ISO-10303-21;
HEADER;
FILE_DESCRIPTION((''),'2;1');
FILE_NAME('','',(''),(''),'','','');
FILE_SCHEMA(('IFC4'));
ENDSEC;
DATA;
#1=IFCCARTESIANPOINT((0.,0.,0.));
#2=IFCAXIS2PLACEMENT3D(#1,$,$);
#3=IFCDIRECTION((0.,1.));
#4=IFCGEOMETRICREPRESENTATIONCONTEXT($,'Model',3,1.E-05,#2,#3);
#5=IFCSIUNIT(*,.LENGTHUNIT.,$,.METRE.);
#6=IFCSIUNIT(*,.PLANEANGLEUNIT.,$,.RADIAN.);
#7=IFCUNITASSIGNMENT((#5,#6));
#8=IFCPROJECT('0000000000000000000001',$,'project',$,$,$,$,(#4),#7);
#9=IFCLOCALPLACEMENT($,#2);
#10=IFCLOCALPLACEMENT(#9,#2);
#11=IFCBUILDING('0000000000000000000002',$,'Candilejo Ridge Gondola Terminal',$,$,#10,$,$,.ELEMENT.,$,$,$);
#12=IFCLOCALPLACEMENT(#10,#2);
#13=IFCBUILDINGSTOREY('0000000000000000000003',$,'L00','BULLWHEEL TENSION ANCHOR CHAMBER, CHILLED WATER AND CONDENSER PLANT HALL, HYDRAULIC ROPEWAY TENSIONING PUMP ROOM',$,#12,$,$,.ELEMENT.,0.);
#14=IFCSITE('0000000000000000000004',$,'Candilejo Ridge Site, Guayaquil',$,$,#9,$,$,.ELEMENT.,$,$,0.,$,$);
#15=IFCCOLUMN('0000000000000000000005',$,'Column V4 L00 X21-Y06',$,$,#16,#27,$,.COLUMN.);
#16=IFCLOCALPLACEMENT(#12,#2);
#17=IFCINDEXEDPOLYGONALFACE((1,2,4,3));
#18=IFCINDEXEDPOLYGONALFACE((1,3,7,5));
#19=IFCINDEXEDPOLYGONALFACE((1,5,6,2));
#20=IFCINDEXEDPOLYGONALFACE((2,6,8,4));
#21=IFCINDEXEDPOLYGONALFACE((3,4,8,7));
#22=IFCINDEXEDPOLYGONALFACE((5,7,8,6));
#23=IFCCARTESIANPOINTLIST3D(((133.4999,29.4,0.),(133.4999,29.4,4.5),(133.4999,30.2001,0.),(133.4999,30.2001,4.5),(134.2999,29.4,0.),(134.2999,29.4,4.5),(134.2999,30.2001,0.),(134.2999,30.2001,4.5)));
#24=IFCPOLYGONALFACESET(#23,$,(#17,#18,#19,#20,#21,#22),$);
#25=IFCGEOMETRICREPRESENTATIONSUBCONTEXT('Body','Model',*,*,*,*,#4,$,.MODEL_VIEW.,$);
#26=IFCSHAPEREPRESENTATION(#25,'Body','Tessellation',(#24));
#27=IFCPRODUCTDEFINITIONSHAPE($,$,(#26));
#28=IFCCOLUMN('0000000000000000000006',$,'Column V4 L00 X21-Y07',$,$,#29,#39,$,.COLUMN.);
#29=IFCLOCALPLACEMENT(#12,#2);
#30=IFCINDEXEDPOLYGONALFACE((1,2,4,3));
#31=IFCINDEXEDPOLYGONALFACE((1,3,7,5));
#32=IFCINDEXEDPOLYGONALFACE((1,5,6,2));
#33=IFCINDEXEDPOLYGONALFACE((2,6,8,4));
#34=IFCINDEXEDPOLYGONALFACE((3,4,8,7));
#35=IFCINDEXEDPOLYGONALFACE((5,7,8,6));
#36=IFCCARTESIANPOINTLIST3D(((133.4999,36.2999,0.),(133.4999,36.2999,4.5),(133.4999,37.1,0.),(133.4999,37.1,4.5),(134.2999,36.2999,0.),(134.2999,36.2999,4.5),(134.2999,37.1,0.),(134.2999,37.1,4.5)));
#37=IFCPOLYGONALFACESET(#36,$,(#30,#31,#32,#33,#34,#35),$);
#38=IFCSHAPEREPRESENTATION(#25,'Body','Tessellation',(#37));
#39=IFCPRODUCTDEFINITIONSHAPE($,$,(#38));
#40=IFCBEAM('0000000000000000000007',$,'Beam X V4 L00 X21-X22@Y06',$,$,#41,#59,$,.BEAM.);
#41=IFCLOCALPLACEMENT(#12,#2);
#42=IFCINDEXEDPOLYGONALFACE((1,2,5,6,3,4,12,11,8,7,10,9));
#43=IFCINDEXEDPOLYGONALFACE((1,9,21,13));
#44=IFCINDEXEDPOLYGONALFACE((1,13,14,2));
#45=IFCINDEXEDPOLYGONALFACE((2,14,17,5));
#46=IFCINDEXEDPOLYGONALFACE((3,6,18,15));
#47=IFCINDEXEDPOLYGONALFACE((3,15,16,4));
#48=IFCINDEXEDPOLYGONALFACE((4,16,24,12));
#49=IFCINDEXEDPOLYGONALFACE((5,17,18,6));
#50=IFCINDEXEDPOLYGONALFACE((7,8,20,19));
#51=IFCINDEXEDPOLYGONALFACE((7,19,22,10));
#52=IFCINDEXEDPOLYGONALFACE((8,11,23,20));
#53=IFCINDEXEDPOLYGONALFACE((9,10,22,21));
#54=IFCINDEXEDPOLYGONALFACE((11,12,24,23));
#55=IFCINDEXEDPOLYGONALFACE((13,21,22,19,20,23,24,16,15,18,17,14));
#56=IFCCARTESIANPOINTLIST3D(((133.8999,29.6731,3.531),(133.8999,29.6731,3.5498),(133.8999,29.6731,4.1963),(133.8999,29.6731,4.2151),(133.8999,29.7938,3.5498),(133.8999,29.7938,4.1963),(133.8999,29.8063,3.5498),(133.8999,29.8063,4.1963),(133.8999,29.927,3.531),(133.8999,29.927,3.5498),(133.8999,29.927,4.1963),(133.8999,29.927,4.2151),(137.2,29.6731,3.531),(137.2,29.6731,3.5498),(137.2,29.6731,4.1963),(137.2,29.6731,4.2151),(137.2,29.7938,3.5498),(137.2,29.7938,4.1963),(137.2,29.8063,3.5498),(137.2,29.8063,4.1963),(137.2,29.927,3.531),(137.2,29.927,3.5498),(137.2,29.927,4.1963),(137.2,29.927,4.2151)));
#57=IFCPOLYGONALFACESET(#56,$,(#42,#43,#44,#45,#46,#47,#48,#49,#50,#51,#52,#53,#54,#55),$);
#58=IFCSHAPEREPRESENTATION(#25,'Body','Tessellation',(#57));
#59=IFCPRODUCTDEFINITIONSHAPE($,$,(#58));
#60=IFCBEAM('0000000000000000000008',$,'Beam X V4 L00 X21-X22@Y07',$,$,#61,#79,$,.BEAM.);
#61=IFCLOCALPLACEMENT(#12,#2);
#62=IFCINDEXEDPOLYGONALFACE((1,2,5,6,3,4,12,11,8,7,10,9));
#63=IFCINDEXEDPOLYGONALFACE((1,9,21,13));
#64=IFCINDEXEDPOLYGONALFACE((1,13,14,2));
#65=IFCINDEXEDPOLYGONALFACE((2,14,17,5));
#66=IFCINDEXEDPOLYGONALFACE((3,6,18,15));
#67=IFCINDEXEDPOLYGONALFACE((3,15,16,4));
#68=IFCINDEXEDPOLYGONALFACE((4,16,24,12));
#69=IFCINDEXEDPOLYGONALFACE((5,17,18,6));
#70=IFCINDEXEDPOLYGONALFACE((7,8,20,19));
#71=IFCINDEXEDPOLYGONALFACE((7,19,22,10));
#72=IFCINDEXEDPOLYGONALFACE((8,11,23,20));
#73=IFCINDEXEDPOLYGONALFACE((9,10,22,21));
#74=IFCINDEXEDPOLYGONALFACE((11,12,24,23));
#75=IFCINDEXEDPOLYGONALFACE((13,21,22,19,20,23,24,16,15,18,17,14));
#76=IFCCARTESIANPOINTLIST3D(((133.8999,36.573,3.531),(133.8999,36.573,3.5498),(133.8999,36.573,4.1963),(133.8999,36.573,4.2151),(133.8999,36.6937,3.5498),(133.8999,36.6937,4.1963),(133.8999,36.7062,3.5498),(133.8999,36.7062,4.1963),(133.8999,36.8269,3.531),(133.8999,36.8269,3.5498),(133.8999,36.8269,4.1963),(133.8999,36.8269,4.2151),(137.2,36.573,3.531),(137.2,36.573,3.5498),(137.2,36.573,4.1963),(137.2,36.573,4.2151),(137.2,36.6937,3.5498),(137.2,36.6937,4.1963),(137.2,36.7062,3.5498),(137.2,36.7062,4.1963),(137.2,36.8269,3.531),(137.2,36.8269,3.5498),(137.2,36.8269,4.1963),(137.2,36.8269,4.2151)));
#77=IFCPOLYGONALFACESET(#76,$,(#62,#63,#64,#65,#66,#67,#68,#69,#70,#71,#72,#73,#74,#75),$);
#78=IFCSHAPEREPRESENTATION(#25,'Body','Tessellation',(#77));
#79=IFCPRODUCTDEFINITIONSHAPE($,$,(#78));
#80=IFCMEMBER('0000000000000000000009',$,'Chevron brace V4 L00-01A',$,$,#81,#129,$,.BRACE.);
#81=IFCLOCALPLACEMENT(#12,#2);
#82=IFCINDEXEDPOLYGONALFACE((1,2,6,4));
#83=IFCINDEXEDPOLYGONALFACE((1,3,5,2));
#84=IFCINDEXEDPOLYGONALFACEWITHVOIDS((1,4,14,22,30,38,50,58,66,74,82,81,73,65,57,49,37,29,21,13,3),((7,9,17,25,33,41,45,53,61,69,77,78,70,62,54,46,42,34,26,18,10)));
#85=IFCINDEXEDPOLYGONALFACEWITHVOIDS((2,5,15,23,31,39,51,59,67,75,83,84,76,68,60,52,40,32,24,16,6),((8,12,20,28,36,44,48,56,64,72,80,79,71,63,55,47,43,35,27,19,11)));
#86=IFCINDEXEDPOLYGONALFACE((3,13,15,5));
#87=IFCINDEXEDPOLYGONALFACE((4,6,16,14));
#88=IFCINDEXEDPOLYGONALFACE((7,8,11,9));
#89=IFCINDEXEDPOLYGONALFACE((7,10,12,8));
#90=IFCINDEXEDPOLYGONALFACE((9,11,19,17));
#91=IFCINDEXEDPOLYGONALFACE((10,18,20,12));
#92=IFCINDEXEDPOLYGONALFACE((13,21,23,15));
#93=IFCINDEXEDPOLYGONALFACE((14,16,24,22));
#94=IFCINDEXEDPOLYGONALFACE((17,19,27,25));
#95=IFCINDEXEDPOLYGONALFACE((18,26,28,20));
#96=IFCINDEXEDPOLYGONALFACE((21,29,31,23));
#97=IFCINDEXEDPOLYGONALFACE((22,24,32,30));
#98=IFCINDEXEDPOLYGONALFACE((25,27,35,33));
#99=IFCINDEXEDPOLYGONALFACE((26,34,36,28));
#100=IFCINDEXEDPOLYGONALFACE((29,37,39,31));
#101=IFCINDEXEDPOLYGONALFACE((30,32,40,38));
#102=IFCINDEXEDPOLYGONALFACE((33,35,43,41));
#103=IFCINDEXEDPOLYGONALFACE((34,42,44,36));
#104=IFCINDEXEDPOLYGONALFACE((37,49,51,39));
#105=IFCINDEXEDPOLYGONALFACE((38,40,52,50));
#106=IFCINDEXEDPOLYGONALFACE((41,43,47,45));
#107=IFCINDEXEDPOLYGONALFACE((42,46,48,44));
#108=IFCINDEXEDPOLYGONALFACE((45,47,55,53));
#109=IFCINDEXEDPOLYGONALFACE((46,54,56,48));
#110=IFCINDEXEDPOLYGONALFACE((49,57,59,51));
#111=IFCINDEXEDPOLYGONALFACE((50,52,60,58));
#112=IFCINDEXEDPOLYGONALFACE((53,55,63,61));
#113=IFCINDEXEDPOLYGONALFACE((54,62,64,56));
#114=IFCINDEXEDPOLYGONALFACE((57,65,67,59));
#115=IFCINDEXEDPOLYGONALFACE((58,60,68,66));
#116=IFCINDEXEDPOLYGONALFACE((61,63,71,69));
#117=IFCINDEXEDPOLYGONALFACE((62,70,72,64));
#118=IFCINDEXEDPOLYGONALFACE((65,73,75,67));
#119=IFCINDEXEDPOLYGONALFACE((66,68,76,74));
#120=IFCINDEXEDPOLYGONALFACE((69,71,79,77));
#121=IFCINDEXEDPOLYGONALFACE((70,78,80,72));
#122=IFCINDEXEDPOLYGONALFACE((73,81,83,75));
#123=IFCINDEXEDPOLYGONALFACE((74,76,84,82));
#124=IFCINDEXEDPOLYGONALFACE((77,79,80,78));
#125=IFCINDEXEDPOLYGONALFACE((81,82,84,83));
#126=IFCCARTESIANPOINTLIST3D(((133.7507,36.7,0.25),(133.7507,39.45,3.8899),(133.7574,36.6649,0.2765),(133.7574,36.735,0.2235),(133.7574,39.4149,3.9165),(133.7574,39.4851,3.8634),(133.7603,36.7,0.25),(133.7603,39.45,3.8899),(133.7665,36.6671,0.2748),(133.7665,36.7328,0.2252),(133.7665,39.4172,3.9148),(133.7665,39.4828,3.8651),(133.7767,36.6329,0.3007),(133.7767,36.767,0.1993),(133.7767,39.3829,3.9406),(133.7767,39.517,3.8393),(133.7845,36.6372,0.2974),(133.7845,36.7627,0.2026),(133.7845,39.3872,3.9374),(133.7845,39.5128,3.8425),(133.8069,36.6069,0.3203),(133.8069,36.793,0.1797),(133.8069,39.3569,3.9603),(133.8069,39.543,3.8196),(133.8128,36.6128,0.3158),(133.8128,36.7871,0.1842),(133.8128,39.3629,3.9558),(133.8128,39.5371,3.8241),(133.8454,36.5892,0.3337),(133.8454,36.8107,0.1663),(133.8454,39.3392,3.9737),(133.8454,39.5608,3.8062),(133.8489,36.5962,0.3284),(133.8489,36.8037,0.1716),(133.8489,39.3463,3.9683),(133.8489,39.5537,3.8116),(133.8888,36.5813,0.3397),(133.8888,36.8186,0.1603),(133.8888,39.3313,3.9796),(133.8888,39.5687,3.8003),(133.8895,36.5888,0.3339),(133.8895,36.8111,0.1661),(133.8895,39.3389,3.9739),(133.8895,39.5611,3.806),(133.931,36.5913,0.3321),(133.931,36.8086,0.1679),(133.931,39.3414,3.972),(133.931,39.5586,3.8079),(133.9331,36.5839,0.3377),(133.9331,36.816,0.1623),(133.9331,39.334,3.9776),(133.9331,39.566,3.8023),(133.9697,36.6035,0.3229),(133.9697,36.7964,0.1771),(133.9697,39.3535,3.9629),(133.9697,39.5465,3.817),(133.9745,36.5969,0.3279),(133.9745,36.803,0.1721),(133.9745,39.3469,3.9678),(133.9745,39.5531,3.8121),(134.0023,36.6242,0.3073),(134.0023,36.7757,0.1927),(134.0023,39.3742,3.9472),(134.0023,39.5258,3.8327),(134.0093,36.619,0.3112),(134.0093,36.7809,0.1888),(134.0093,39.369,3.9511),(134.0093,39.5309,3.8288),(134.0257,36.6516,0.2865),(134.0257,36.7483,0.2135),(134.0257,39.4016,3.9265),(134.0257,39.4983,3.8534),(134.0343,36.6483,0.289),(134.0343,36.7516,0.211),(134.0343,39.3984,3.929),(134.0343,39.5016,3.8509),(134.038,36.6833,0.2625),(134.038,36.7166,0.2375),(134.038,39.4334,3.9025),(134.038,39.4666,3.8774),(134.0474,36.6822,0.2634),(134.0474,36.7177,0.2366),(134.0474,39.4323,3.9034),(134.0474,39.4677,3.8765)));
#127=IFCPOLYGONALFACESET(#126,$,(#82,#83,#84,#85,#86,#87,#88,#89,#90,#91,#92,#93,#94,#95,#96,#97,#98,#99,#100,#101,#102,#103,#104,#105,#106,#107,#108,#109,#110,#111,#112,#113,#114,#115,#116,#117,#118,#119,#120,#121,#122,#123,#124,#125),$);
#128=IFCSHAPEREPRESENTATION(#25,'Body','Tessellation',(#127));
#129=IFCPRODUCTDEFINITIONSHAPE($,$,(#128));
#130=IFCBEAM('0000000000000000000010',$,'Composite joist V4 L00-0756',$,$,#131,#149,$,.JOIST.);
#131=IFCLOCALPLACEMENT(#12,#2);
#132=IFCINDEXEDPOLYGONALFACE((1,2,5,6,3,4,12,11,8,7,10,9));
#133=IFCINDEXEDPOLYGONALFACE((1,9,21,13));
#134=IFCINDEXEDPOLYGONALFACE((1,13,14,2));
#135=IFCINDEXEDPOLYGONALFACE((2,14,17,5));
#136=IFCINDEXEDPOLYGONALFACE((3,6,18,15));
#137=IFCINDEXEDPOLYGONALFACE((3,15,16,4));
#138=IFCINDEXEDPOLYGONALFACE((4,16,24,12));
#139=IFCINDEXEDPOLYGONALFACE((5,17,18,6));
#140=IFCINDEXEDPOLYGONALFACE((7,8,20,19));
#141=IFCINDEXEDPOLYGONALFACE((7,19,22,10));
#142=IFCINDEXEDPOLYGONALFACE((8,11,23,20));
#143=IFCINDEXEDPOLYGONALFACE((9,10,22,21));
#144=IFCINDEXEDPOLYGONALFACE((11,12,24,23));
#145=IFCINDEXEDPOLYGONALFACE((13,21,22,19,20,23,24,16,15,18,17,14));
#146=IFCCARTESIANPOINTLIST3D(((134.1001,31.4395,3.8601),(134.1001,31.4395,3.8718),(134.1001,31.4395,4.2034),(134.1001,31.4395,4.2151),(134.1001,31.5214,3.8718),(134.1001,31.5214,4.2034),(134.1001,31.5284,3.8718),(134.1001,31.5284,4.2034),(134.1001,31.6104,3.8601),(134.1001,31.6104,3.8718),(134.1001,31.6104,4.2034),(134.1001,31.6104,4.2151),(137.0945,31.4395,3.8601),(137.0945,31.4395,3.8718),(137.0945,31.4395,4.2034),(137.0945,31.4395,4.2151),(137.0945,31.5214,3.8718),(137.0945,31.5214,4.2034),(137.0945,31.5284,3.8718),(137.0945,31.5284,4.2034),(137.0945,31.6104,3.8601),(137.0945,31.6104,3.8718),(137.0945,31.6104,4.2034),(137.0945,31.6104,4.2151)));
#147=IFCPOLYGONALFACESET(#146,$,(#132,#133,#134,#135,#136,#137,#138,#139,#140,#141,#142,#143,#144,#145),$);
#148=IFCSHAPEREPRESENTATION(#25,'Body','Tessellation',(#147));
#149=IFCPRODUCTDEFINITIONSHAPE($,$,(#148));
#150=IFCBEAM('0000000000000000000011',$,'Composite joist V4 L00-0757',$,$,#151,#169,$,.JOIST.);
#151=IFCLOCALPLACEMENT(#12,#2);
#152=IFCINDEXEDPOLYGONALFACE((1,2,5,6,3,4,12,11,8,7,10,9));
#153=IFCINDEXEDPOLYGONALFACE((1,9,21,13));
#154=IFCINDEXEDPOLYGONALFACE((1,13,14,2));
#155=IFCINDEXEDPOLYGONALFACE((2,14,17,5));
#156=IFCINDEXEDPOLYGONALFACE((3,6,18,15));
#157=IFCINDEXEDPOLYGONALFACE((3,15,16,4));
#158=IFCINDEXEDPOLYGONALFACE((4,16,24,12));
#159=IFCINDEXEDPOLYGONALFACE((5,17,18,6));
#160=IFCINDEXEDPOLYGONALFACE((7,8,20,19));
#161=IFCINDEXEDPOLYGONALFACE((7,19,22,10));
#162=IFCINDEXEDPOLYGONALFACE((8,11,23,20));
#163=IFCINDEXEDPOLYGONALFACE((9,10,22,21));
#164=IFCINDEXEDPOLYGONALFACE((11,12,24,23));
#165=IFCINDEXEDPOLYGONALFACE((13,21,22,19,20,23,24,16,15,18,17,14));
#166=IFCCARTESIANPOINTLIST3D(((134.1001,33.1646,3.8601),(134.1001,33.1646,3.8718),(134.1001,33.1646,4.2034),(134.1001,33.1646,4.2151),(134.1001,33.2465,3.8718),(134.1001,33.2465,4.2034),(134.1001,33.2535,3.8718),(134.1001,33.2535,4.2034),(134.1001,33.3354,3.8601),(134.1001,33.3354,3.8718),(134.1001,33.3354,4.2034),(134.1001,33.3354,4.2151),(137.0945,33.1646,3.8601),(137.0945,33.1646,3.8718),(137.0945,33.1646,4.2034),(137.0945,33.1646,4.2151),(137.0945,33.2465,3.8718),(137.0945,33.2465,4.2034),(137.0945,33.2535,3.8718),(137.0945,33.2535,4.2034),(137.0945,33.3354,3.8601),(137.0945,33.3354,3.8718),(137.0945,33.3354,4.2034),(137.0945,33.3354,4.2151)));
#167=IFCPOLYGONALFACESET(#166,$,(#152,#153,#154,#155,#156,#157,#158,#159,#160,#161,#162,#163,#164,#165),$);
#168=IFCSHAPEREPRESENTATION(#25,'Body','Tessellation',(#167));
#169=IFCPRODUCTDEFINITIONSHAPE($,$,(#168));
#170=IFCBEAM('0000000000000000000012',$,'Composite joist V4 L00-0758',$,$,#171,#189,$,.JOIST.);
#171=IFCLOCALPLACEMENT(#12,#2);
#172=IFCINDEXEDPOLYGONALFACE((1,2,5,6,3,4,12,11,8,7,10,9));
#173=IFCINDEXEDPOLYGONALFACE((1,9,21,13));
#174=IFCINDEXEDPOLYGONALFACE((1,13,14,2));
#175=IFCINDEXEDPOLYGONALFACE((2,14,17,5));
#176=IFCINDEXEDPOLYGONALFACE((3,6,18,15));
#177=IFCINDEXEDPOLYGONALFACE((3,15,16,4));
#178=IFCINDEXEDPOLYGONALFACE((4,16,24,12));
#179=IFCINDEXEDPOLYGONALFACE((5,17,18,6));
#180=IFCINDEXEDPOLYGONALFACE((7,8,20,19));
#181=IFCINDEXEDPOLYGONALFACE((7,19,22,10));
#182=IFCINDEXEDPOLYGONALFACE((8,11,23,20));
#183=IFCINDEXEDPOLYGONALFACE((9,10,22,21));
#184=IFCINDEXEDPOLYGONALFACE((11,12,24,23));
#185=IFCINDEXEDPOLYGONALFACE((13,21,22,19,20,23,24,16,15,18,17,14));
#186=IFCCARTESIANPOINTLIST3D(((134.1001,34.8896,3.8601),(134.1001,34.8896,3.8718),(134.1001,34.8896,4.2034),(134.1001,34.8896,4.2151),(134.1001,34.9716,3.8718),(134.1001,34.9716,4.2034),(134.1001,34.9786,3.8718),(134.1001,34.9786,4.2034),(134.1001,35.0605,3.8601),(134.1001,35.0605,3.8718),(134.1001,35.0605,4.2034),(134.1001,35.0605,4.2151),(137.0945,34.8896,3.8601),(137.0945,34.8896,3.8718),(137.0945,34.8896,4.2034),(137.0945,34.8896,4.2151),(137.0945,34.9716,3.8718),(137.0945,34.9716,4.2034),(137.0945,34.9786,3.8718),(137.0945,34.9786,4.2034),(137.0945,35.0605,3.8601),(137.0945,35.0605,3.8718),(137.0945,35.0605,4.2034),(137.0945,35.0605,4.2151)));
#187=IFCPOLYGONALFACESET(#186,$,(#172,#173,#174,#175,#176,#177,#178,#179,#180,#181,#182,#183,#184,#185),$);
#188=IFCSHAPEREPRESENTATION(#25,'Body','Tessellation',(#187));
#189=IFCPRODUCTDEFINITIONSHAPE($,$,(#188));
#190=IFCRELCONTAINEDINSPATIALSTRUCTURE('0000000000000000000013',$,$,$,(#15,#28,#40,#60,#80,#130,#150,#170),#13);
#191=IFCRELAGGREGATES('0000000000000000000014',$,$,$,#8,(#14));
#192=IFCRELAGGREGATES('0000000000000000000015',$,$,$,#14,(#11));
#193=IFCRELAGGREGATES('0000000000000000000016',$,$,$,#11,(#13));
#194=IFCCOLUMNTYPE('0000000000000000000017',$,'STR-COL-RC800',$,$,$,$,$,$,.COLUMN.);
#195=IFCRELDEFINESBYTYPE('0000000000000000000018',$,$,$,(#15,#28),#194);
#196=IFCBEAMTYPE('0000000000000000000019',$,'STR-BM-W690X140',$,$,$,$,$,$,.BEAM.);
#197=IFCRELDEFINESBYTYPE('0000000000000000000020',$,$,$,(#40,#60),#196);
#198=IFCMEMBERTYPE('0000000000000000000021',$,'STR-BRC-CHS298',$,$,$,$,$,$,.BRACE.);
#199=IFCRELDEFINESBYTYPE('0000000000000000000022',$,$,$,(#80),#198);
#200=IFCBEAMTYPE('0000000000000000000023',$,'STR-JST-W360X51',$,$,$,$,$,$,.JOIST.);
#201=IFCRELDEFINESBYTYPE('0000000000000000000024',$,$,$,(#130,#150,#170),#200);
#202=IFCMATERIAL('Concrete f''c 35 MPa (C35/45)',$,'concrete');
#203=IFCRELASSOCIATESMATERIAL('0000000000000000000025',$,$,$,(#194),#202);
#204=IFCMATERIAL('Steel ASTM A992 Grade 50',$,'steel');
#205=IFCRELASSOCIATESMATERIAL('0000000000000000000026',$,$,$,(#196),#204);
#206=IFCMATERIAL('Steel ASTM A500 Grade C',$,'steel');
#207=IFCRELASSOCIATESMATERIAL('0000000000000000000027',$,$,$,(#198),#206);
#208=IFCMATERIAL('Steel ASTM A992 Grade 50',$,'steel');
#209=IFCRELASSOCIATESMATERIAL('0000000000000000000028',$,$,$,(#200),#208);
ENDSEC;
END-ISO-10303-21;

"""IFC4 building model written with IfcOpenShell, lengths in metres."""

from ifc_helpers import new_model, si_unit, direction, frame, origin, origin_2d, place, context, subcontext, project, spatial, rectangle, hollow_circle, i_section, extrude, material, material_profile, profile_set, type_object, element, save


model = new_model("IFC4")

# Units and contexts
model_context = context("Model", 3, precision=1e-05, world=origin(), true_north=direction((0.0, 1.0)))
body_context = subcontext(model_context, "Body", "Model", "MODEL_VIEW")
ifc_project = project(units=[si_unit("LENGTHUNIT", "METRE"), si_unit("PLANEANGLEUNIT", "RADIAN")], contexts=[model_context])

# Site, building, storey
site_placement = place(None, origin())
site = spatial("IfcSite", under=ifc_project, at=site_placement, Name="Candilejo Ridge Site, Guayaquil", CompositionType="ELEMENT", RefElevation=0.0)
building_placement = place(site_placement, origin())
building = spatial("IfcBuilding", under=site, at=building_placement, Name="Candilejo Ridge Gondola Terminal", CompositionType="ELEMENT")
storey_placement = place(building_placement, origin())
storey = spatial("IfcBuildingStorey", under=building, at=storey_placement, Name="L00", Description="BULLWHEEL TENSION ANCHOR CHAMBER, CHILLED WATER AND CONDENSER PLANT HALL, HYDRAULIC ROPEWAY TENSIONING PUMP ROOM", CompositionType="ELEMENT", Elevation=0.0)

# Columns
ifc_material_1 = material(Name="Concrete f'c 35 MPa (C35/45)", Category="concrete")
ifc_material_profile_1 = material_profile(ifc_material_1, rectangle(XDim=0.8, YDim=0.8, at=origin_2d()))
ifc_profile_set_1 = profile_set([ifc_material_profile_1], Name="Concrete f'c 35 MPa (C35/45)")
column_type_1 = type_object("IfcColumnType", Name="STR-COL-RC800", PredefinedType="COLUMN", material=ifc_profile_set_1)
for number, where, z_axis, x_axis, name in (
    (1, (133.8999, 29.8, 0.0), (0.0, 0.0, 1.0), (1.0, 0.0, 0.0), "Column V4 L00 X21-Y06"),
    (2, (133.8999, 36.7, 0.0), (0.0, 0.0, 1.0), (1.0, 0.0, 0.0), "Column V4 L00 X21-Y07"),
):
    element("IfcColumn", number, at=place(storey_placement, frame(where, z_axis=z_axis, x_axis=x_axis)), inside=storey, type_object=column_type_1, Name=name, PredefinedType="COLUMN", context=body_context, shape_type="SweptSolid", body=[
        extrude(rectangle(XDim=0.8, YDim=0.8, at=origin_2d()), origin(), (0.0, 0.0, 1.0), 4.5),
    ])

# Beams
ifc_material_2 = material(Name="Steel ASTM A992 Grade 50", Category="steel")
ifc_material_profile_2 = material_profile(ifc_material_2, i_section(OverallWidth=0.2539, OverallDepth=0.6841, WebThickness=0.0125, FlangeThickness=0.0188, at=origin_2d()))
ifc_profile_set_2 = profile_set([ifc_material_profile_2], Name="Steel ASTM A992 Grade 50")
beam_type_1 = type_object("IfcBeamType", Name="STR-BM-W690X140", PredefinedType="BEAM", material=ifc_profile_set_2)
for number, where, z_axis, x_axis, name in (
    (3, (133.8999, 29.8, 3.873), (1.0, 0.0, 0.0), (0.0, 1.0, 0.0), "Beam X V4 L00 X21-X22@Y06"),
    (4, (133.8999, 36.7, 3.873), (1.0, 0.0, 0.0), (0.0, 1.0, 0.0), "Beam X V4 L00 X21-X22@Y07"),
):
    element("IfcBeam", number, at=place(storey_placement, frame(where, z_axis=z_axis, x_axis=x_axis)), inside=storey, type_object=beam_type_1, Name=name, PredefinedType="BEAM", context=body_context, shape_type="SweptSolid", body=[
        extrude(i_section(OverallWidth=0.2539, OverallDepth=0.6841, WebThickness=0.0125, FlangeThickness=0.0188, at=origin_2d()), origin(), (0.0, 0.0, 1.0), 3.3),
    ])

# Member
ifc_material_3 = material(Name="Steel ASTM A500 Grade C", Category="steel")
ifc_material_profile_3 = material_profile(ifc_material_3, hollow_circle(Radius=0.1492, WallThickness=0.0095, at=origin_2d()))
ifc_profile_set_3 = profile_set([ifc_material_profile_3], Name="Steel ASTM A500 Grade C")
member_type = type_object("IfcMemberType", Name="STR-BRC-CHS298", PredefinedType="BRACE", material=ifc_profile_set_3)
member_placement = place(storey_placement, frame((133.8999, 36.7, 0.25), z_axis=(0.0, 0.602813, 0.797882), x_axis=(-1.0, 0.0, 0.0)))
element("IfcMember", 5, at=member_placement, inside=storey, type_object=member_type, Name="Chevron brace V4 L00-01A", PredefinedType="BRACE", context=body_context, shape_type="SweptSolid", body=[
    extrude(hollow_circle(Radius=0.1492, WallThickness=0.0095, at=origin_2d()), origin(), (0.0, 0.0, 1.0), 4.562),
])

# Beams
ifc_material_4 = material(Name="Steel ASTM A992 Grade 50", Category="steel")
ifc_material_profile_4 = material_profile(ifc_material_4, i_section(OverallWidth=0.1709, OverallDepth=0.355, WebThickness=0.0071, FlangeThickness=0.0117, at=origin_2d()))
ifc_profile_set_4 = profile_set([ifc_material_profile_4], Name="Steel ASTM A992 Grade 50")
beam_type_2 = type_object("IfcBeamType", Name="STR-JST-W360X51", PredefinedType="JOIST", material=ifc_profile_set_4)
for number, where, z_axis, x_axis, name in (
    (6, (134.1001, 31.5249, 4.0376), (1.0, 0.0, 0.0), (0.0, 1.0, 0.0), "Composite joist V4 L00-0756"),
    (7, (134.1001, 33.25, 4.0376), (1.0, 0.0, 0.0), (0.0, 1.0, 0.0), "Composite joist V4 L00-0757"),
    (8, (134.1001, 34.9751, 4.0376), (1.0, 0.0, 0.0), (0.0, 1.0, 0.0), "Composite joist V4 L00-0758"),
):
    element("IfcBeam", number, at=place(storey_placement, frame(where, z_axis=z_axis, x_axis=x_axis)), inside=storey, type_object=beam_type_2, Name=name, PredefinedType="JOIST", context=body_context, shape_type="SweptSolid", body=[
        extrude(i_section(OverallWidth=0.1709, OverallDepth=0.355, WebThickness=0.0071, FlangeThickness=0.0117, at=origin_2d()), origin(), (0.0, 0.0, 1.0), 2.9944),
    ])

save(model, "model.ifc")
